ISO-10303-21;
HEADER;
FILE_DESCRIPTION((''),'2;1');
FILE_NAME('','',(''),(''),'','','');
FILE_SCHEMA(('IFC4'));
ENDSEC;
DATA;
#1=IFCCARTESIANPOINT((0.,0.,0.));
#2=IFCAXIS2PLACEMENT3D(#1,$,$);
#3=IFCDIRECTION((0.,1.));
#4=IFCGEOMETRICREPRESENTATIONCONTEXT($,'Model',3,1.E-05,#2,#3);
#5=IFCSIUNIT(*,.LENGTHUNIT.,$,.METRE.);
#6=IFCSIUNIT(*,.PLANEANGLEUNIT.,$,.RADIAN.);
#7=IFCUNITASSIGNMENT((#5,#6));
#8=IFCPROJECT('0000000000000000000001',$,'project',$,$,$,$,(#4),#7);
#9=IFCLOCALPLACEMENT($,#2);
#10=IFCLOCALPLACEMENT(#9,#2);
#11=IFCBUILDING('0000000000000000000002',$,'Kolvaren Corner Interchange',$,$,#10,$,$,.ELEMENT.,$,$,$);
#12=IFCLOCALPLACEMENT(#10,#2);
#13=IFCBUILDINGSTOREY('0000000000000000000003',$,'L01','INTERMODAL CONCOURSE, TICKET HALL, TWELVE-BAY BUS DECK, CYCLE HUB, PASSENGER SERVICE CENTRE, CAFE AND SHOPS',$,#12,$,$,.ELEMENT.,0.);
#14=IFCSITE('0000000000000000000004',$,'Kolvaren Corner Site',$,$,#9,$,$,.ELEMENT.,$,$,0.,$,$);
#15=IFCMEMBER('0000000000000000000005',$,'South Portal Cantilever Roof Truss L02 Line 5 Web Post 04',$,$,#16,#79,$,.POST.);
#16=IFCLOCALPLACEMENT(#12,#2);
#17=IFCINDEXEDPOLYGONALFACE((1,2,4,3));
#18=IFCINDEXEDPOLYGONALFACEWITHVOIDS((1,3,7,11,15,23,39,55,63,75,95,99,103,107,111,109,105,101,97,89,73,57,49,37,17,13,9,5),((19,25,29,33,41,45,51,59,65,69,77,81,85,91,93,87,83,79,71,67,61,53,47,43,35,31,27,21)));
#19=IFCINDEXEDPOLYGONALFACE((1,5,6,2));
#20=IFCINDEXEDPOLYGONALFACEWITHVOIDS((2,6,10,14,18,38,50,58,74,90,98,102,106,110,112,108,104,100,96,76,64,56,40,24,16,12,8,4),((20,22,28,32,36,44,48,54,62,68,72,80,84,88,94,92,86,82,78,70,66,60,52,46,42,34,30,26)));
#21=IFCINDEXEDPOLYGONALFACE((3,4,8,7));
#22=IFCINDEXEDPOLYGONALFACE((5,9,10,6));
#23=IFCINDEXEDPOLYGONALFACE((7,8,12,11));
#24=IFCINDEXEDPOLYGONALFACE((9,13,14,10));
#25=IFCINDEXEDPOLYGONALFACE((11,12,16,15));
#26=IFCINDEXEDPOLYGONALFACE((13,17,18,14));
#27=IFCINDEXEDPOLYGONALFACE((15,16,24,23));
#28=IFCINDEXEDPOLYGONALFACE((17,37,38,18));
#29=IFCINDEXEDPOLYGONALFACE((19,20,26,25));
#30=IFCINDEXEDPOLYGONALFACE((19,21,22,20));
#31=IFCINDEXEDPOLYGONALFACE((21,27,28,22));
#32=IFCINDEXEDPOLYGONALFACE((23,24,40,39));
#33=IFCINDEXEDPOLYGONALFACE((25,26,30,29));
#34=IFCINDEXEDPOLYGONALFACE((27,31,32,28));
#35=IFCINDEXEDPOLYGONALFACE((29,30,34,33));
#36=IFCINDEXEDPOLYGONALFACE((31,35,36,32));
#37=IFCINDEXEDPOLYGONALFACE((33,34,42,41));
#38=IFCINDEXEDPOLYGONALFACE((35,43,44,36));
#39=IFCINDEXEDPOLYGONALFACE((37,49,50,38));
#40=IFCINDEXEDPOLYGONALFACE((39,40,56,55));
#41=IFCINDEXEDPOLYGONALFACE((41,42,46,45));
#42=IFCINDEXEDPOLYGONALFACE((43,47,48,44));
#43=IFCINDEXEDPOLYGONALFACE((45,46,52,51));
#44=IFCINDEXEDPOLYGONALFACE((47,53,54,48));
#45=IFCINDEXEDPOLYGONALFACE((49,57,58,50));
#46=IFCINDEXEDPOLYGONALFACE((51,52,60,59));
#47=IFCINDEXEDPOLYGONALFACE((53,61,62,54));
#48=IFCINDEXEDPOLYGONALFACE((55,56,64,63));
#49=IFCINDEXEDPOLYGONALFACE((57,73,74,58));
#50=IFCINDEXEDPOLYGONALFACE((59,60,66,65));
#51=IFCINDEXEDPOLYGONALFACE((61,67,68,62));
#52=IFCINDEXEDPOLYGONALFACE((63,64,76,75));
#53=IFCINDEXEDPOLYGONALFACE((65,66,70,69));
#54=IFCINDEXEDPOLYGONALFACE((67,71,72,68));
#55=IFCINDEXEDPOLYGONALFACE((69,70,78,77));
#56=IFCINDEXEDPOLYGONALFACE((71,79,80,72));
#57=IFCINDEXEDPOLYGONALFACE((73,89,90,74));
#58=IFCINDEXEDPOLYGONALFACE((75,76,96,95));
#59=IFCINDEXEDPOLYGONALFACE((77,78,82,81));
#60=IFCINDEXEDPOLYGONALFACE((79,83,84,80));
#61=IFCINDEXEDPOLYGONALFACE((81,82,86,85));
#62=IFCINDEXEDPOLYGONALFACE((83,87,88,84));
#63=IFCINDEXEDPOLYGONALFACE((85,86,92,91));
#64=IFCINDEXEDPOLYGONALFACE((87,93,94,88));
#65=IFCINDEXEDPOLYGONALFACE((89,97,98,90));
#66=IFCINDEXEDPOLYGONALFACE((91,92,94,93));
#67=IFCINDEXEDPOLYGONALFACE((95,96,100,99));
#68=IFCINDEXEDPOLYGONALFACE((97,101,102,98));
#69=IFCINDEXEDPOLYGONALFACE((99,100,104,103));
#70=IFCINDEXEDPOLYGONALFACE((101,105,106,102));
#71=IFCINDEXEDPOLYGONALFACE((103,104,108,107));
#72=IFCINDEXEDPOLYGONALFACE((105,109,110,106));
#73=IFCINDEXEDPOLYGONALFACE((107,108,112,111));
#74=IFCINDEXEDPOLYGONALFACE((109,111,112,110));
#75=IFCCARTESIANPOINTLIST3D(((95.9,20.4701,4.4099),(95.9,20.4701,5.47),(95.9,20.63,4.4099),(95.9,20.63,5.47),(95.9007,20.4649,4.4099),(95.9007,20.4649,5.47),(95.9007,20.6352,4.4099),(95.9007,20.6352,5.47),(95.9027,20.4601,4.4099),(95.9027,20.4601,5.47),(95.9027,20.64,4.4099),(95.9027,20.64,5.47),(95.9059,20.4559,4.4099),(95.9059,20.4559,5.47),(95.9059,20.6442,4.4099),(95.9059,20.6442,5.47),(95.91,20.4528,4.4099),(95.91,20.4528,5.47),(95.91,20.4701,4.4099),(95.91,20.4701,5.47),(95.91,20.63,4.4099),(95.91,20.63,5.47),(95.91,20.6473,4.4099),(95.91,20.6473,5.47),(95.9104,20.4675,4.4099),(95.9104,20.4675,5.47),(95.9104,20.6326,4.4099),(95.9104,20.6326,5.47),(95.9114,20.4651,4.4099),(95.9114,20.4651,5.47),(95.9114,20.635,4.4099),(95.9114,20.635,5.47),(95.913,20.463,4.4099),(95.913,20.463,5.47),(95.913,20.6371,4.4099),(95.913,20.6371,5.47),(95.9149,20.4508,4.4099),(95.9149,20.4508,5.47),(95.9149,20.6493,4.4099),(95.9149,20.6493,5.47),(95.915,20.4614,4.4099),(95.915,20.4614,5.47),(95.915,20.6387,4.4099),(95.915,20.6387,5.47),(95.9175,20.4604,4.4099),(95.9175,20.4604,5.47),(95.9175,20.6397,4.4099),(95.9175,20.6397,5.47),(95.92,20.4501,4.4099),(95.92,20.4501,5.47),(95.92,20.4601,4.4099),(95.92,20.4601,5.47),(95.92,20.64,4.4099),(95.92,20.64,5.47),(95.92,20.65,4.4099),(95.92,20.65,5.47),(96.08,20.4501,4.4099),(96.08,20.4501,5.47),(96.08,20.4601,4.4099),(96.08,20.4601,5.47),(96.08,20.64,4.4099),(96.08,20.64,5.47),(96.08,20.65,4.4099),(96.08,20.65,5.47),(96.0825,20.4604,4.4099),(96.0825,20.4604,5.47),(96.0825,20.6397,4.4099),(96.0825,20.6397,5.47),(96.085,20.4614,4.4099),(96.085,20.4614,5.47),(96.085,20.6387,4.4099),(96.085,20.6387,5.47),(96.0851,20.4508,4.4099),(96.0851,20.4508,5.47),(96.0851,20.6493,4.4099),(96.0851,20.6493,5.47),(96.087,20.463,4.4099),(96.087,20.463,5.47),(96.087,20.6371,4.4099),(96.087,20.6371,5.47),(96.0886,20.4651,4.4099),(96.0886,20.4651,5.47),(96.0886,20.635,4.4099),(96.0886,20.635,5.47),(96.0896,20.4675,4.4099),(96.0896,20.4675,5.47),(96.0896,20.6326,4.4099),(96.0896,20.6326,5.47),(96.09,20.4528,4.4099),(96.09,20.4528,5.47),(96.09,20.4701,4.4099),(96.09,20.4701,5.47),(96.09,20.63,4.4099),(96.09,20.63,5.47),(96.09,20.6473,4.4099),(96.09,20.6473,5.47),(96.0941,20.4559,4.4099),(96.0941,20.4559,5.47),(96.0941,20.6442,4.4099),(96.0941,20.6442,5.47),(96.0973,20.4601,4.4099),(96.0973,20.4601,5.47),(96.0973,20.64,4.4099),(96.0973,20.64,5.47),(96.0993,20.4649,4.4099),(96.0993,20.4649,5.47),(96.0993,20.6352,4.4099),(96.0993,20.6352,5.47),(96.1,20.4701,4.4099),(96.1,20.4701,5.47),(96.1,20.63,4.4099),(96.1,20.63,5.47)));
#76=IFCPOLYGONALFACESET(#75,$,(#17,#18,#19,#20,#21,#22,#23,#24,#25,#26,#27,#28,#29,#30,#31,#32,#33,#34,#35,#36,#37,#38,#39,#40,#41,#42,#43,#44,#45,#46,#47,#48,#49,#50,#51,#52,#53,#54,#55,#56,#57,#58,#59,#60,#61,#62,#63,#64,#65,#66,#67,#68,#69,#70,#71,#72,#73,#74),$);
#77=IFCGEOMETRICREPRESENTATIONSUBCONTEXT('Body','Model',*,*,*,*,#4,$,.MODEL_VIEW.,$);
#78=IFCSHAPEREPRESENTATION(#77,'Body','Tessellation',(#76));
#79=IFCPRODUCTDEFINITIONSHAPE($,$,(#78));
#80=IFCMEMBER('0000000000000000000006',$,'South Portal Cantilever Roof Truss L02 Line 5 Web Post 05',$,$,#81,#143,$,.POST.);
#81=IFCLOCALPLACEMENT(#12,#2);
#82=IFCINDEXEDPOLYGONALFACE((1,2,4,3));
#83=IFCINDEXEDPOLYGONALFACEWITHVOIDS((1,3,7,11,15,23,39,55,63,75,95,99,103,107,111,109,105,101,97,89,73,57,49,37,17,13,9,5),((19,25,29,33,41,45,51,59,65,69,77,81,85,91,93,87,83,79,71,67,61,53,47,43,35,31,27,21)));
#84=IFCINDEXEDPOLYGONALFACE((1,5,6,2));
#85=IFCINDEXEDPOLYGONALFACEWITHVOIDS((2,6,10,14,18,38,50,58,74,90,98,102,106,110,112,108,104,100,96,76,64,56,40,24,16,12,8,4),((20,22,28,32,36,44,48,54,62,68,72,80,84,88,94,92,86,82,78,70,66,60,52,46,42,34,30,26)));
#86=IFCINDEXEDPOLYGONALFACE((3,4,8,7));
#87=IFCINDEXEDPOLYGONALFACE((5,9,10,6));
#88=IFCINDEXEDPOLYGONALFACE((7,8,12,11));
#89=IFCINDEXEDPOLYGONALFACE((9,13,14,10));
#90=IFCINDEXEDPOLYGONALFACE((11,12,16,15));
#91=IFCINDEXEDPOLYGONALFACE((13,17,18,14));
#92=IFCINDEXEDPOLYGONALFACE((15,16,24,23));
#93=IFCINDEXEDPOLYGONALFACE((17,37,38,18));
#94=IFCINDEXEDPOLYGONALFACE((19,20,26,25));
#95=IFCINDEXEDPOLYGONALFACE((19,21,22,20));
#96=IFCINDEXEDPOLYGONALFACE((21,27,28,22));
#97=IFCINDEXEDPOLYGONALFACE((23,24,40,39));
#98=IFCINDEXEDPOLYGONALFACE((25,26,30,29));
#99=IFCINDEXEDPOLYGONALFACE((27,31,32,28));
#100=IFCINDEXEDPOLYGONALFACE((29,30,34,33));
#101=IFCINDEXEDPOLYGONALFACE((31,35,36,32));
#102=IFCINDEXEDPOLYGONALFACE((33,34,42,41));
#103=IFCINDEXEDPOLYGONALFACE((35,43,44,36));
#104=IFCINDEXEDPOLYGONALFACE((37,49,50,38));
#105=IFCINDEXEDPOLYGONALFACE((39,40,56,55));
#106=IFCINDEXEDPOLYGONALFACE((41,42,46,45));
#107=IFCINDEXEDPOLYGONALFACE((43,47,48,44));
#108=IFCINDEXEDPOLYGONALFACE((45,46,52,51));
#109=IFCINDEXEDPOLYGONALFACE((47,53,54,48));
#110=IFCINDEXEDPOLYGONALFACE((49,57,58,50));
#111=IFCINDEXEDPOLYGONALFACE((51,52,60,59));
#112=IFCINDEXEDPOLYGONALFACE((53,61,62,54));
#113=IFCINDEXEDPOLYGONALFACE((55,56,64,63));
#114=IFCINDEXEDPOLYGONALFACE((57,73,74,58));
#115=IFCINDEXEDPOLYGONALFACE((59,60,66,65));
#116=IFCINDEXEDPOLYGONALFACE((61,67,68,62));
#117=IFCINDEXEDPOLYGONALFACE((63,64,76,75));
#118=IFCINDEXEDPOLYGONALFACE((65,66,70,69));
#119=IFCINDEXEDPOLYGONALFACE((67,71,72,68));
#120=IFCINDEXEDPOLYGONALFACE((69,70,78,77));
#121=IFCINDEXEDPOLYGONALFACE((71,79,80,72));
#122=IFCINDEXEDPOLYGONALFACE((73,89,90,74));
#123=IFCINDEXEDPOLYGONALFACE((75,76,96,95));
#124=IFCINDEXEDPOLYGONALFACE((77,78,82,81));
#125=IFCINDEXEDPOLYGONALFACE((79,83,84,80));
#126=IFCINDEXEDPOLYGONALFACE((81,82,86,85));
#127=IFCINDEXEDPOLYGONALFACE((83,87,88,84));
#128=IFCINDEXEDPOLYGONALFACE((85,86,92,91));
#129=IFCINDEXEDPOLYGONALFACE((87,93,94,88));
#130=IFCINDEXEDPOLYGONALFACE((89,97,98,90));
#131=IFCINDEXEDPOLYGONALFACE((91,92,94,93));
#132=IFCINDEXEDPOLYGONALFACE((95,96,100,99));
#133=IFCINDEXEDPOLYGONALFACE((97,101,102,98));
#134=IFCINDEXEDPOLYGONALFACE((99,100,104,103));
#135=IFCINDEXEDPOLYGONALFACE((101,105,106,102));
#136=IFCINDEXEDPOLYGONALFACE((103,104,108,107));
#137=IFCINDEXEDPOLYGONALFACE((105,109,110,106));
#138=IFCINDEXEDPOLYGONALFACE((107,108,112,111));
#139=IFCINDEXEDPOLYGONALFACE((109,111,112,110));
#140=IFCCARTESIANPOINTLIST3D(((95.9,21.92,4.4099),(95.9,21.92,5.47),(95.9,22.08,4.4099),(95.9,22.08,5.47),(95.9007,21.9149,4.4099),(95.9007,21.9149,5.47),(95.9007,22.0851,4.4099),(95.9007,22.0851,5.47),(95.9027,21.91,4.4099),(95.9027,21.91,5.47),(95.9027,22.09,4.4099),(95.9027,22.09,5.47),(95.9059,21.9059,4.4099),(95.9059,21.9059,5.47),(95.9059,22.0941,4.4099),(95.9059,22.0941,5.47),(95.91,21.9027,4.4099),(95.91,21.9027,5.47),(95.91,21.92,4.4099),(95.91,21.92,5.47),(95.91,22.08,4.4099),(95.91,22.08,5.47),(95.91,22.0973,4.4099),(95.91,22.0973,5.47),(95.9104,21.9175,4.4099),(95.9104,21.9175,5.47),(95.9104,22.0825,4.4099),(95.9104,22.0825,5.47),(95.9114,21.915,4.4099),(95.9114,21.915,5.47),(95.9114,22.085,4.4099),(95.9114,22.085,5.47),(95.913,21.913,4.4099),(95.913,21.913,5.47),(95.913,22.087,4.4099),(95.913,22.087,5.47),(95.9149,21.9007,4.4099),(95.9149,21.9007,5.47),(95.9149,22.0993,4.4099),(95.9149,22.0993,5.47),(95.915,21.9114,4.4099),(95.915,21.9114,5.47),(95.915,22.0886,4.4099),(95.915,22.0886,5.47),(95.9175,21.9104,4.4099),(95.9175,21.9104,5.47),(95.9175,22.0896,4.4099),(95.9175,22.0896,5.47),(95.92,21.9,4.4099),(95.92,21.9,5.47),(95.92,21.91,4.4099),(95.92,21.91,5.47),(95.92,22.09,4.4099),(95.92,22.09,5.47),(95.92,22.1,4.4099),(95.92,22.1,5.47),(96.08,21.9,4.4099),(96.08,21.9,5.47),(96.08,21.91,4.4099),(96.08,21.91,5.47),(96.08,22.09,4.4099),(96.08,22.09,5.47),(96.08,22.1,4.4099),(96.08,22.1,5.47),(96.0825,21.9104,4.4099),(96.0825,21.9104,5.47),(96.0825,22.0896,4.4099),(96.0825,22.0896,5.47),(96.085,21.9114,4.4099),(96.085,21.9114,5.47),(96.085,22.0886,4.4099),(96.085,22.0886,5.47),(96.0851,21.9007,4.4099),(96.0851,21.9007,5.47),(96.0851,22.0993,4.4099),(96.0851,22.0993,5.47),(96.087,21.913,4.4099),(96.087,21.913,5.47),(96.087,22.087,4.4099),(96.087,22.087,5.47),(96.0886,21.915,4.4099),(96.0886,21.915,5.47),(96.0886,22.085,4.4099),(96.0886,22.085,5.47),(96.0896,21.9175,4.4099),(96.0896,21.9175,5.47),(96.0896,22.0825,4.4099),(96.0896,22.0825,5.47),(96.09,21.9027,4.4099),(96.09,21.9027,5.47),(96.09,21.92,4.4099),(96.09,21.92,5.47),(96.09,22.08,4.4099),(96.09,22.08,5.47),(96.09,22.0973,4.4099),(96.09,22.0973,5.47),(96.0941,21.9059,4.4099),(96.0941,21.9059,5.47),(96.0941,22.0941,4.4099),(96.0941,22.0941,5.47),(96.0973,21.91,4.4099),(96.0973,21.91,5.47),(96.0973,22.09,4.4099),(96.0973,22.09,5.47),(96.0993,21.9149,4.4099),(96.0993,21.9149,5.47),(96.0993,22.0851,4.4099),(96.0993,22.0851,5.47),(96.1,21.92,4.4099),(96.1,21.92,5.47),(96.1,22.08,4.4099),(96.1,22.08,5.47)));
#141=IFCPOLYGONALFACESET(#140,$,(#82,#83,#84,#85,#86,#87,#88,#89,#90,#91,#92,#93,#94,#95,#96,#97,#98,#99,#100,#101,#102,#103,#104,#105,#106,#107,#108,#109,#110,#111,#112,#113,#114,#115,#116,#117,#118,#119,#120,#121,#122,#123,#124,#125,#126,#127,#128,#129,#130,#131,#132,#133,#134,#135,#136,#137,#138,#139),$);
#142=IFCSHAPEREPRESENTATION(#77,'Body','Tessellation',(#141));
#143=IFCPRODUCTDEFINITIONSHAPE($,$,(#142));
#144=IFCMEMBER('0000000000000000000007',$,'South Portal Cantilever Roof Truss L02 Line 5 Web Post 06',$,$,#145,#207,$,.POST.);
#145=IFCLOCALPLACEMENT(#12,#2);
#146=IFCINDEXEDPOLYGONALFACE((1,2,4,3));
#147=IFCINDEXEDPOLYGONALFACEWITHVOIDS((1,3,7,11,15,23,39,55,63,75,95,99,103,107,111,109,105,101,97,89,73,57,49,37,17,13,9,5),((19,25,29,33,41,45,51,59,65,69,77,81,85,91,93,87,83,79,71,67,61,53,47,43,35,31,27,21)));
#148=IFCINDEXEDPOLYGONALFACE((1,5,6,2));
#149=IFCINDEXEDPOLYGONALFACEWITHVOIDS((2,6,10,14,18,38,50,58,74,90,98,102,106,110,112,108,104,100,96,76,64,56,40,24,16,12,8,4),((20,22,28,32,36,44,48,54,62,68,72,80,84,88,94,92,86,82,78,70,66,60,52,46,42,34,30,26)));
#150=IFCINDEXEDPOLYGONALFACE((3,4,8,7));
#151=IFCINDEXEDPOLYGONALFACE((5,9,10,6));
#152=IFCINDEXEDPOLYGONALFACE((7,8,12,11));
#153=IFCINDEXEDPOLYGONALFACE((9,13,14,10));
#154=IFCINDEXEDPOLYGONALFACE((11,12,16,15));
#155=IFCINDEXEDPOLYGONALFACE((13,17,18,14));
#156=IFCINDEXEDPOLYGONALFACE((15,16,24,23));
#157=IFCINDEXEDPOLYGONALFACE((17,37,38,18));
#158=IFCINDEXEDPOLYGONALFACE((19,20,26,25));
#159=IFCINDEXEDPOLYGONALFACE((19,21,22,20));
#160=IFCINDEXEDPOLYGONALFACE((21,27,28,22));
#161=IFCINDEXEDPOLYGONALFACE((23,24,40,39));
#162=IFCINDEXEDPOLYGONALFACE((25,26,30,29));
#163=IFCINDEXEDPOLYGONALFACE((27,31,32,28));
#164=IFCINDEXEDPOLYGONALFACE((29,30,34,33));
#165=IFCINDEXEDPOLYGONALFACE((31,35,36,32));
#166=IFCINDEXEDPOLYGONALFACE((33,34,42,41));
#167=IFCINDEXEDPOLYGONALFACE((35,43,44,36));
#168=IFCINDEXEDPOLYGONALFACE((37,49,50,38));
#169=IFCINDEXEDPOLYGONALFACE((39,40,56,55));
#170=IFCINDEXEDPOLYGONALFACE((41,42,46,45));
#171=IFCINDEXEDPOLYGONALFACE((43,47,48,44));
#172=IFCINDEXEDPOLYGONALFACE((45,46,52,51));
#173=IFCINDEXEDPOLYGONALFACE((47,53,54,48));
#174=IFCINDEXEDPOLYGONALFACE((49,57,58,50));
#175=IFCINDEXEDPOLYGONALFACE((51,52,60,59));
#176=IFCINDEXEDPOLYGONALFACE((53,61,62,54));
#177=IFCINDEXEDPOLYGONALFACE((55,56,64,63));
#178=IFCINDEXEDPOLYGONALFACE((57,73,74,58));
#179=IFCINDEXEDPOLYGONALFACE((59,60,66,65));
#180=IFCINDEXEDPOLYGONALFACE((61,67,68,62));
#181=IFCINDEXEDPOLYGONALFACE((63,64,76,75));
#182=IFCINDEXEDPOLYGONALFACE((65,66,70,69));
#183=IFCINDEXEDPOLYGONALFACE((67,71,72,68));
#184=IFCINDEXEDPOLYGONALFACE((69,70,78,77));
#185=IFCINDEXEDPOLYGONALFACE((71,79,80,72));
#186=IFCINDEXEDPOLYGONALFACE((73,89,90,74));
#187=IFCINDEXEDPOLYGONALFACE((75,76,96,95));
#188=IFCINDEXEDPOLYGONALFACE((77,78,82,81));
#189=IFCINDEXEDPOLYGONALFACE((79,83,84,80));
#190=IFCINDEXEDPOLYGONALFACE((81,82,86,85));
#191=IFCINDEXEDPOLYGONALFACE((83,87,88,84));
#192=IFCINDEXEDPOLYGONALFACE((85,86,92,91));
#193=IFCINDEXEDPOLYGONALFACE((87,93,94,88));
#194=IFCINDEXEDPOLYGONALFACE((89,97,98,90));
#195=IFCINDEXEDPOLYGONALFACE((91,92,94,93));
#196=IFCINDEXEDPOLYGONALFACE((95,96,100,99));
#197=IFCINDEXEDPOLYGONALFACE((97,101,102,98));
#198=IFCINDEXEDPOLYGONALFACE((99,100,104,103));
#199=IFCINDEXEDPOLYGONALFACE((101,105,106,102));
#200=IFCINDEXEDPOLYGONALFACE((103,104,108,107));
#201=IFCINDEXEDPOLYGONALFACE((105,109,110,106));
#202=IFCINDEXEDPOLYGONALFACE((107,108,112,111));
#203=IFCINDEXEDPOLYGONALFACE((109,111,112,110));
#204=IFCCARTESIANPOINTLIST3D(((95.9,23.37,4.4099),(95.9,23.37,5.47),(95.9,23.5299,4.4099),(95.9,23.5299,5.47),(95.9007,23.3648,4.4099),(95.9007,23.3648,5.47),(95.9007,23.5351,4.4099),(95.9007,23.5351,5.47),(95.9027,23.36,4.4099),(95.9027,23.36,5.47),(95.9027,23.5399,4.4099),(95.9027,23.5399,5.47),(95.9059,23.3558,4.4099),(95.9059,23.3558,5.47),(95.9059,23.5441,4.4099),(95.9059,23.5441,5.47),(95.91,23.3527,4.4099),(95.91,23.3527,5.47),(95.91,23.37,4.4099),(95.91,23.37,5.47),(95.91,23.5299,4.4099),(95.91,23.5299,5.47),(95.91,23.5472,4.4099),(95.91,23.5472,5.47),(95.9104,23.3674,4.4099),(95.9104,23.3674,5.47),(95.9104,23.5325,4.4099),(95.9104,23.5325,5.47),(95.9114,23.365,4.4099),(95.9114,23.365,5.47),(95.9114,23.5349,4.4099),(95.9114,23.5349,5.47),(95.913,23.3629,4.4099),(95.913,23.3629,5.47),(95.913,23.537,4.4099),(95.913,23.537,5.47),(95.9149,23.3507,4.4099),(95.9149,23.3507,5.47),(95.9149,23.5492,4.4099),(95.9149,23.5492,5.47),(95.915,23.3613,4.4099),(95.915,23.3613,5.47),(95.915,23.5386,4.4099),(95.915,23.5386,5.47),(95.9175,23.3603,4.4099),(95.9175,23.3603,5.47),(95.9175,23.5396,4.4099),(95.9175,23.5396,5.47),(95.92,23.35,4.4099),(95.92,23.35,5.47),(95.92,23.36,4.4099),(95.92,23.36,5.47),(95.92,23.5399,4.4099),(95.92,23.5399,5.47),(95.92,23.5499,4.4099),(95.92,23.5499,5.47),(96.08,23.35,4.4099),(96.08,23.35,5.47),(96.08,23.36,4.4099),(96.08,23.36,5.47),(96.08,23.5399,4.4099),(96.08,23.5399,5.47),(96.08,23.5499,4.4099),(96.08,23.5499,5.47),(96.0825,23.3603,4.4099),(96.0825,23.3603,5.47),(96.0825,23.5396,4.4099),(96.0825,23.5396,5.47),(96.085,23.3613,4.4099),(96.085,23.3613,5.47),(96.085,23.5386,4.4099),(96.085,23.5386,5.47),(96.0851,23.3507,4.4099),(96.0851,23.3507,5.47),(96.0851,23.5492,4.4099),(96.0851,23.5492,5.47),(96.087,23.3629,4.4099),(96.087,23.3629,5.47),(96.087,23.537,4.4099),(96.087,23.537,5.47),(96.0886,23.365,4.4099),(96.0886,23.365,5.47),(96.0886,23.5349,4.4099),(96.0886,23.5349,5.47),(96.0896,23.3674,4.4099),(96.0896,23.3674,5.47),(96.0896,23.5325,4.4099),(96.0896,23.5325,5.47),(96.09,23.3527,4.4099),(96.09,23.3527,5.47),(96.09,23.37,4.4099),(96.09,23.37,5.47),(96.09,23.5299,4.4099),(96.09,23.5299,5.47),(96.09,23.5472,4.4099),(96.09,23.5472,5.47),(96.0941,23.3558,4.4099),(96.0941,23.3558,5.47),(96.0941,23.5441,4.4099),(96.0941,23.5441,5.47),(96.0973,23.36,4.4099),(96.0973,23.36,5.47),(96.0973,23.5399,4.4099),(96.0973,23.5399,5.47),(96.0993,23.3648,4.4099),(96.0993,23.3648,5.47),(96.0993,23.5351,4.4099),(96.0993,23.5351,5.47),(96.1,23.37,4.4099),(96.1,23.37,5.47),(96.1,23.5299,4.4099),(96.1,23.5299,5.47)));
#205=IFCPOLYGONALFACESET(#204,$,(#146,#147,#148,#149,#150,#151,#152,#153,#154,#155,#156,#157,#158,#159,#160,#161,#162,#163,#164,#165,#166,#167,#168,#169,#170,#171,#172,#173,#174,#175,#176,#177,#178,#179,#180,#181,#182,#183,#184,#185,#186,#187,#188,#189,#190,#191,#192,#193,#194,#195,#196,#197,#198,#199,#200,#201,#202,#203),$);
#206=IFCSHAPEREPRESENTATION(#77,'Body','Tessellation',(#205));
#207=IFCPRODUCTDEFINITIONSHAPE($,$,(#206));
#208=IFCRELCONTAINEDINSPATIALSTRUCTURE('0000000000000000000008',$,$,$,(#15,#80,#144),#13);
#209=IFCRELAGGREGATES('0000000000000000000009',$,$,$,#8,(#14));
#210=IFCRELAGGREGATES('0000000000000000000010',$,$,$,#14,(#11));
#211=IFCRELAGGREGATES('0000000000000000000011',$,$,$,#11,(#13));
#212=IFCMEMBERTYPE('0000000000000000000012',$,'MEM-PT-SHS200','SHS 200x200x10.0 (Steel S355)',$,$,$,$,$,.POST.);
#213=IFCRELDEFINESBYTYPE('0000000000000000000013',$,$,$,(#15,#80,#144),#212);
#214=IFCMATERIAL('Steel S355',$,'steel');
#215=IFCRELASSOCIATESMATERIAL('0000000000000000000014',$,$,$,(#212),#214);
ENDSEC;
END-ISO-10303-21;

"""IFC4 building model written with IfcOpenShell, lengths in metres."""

from ifc_helpers import new_model, si_unit, direction, frame, origin, origin_2d, place, context, subcontext, project, spatial, hollow_rectangle, extrude, material, material_profile, profile_set, type_object, element, save


model = new_model("IFC4")

# Units and contexts
model_context = context("Model", 3, precision=1e-05, world=origin(), true_north=direction((0.0, 1.0)))
body_context = subcontext(model_context, "Body", "Model", "MODEL_VIEW")
ifc_project = project(units=[si_unit("LENGTHUNIT", "METRE"), si_unit("PLANEANGLEUNIT", "RADIAN")], contexts=[model_context])

# Site, building, storey
site_placement = place(None, origin())
site = spatial("IfcSite", under=ifc_project, at=site_placement, Name="Kolvaren Corner Site", CompositionType="ELEMENT", RefElevation=0.0)
building_placement = place(site_placement, origin())
building = spatial("IfcBuilding", under=site, at=building_placement, Name="Kolvaren Corner Interchange", CompositionType="ELEMENT")
storey_placement = place(building_placement, origin())
storey = spatial("IfcBuildingStorey", under=building, at=storey_placement, Name="L01", Description="INTERMODAL CONCOURSE, TICKET HALL, TWELVE-BAY BUS DECK, CYCLE HUB, PASSENGER SERVICE CENTRE, CAFE AND SHOPS", CompositionType="ELEMENT", Elevation=0.0)

# Members
ifc_material_1 = material(Name="Steel S355", Category="steel")
ifc_material_profile_1 = material_profile(ifc_material_1, hollow_rectangle(XDim=0.2, YDim=0.2, WallThickness=0.01, InnerFilletRadius=0.01, OuterFilletRadius=0.02, at=origin_2d()), Name="SHS 200x200x10.0")
ifc_profile_set_1 = profile_set([ifc_material_profile_1], Name="Steel S355")
member_type_1 = type_object("IfcMemberType", Name="MEM-PT-SHS200", Description="SHS 200x200x10.0 (Steel S355)", PredefinedType="POST", material=ifc_profile_set_1)
for number, where, z_axis, x_axis, name in (
    (1, (96.0, 20.55, 4.4099), (0.0, 0.0, 1.0), (1.0, 0.0, 0.0), "South Portal Cantilever Roof Truss L02 Line 5 Web Post 04"),
    (2, (96.0, 22.0, 4.4099), (0.0, 0.0, 1.0), (1.0, 0.0, 0.0), "South Portal Cantilever Roof Truss L02 Line 5 Web Post 05"),
    (3, (96.0, 23.45, 4.4099), (0.0, 0.0, 1.0), (1.0, 0.0, 0.0), "South Portal Cantilever Roof Truss L02 Line 5 Web Post 06"),
):
    element("IfcMember", number, at=place(storey_placement, frame(where, z_axis=z_axis, x_axis=x_axis)), inside=storey, type_object=member_type_1, Name=name, PredefinedType="POST", context=body_context, shape_type="SweptSolid", body=[
        extrude(hollow_rectangle(XDim=0.2, YDim=0.2, WallThickness=0.01, InnerFilletRadius=0.01, OuterFilletRadius=0.02, at=origin_2d()), origin(), (0.0, 0.0, 1.0), 1.0601),
    ])

save(model, "model.ifc")
